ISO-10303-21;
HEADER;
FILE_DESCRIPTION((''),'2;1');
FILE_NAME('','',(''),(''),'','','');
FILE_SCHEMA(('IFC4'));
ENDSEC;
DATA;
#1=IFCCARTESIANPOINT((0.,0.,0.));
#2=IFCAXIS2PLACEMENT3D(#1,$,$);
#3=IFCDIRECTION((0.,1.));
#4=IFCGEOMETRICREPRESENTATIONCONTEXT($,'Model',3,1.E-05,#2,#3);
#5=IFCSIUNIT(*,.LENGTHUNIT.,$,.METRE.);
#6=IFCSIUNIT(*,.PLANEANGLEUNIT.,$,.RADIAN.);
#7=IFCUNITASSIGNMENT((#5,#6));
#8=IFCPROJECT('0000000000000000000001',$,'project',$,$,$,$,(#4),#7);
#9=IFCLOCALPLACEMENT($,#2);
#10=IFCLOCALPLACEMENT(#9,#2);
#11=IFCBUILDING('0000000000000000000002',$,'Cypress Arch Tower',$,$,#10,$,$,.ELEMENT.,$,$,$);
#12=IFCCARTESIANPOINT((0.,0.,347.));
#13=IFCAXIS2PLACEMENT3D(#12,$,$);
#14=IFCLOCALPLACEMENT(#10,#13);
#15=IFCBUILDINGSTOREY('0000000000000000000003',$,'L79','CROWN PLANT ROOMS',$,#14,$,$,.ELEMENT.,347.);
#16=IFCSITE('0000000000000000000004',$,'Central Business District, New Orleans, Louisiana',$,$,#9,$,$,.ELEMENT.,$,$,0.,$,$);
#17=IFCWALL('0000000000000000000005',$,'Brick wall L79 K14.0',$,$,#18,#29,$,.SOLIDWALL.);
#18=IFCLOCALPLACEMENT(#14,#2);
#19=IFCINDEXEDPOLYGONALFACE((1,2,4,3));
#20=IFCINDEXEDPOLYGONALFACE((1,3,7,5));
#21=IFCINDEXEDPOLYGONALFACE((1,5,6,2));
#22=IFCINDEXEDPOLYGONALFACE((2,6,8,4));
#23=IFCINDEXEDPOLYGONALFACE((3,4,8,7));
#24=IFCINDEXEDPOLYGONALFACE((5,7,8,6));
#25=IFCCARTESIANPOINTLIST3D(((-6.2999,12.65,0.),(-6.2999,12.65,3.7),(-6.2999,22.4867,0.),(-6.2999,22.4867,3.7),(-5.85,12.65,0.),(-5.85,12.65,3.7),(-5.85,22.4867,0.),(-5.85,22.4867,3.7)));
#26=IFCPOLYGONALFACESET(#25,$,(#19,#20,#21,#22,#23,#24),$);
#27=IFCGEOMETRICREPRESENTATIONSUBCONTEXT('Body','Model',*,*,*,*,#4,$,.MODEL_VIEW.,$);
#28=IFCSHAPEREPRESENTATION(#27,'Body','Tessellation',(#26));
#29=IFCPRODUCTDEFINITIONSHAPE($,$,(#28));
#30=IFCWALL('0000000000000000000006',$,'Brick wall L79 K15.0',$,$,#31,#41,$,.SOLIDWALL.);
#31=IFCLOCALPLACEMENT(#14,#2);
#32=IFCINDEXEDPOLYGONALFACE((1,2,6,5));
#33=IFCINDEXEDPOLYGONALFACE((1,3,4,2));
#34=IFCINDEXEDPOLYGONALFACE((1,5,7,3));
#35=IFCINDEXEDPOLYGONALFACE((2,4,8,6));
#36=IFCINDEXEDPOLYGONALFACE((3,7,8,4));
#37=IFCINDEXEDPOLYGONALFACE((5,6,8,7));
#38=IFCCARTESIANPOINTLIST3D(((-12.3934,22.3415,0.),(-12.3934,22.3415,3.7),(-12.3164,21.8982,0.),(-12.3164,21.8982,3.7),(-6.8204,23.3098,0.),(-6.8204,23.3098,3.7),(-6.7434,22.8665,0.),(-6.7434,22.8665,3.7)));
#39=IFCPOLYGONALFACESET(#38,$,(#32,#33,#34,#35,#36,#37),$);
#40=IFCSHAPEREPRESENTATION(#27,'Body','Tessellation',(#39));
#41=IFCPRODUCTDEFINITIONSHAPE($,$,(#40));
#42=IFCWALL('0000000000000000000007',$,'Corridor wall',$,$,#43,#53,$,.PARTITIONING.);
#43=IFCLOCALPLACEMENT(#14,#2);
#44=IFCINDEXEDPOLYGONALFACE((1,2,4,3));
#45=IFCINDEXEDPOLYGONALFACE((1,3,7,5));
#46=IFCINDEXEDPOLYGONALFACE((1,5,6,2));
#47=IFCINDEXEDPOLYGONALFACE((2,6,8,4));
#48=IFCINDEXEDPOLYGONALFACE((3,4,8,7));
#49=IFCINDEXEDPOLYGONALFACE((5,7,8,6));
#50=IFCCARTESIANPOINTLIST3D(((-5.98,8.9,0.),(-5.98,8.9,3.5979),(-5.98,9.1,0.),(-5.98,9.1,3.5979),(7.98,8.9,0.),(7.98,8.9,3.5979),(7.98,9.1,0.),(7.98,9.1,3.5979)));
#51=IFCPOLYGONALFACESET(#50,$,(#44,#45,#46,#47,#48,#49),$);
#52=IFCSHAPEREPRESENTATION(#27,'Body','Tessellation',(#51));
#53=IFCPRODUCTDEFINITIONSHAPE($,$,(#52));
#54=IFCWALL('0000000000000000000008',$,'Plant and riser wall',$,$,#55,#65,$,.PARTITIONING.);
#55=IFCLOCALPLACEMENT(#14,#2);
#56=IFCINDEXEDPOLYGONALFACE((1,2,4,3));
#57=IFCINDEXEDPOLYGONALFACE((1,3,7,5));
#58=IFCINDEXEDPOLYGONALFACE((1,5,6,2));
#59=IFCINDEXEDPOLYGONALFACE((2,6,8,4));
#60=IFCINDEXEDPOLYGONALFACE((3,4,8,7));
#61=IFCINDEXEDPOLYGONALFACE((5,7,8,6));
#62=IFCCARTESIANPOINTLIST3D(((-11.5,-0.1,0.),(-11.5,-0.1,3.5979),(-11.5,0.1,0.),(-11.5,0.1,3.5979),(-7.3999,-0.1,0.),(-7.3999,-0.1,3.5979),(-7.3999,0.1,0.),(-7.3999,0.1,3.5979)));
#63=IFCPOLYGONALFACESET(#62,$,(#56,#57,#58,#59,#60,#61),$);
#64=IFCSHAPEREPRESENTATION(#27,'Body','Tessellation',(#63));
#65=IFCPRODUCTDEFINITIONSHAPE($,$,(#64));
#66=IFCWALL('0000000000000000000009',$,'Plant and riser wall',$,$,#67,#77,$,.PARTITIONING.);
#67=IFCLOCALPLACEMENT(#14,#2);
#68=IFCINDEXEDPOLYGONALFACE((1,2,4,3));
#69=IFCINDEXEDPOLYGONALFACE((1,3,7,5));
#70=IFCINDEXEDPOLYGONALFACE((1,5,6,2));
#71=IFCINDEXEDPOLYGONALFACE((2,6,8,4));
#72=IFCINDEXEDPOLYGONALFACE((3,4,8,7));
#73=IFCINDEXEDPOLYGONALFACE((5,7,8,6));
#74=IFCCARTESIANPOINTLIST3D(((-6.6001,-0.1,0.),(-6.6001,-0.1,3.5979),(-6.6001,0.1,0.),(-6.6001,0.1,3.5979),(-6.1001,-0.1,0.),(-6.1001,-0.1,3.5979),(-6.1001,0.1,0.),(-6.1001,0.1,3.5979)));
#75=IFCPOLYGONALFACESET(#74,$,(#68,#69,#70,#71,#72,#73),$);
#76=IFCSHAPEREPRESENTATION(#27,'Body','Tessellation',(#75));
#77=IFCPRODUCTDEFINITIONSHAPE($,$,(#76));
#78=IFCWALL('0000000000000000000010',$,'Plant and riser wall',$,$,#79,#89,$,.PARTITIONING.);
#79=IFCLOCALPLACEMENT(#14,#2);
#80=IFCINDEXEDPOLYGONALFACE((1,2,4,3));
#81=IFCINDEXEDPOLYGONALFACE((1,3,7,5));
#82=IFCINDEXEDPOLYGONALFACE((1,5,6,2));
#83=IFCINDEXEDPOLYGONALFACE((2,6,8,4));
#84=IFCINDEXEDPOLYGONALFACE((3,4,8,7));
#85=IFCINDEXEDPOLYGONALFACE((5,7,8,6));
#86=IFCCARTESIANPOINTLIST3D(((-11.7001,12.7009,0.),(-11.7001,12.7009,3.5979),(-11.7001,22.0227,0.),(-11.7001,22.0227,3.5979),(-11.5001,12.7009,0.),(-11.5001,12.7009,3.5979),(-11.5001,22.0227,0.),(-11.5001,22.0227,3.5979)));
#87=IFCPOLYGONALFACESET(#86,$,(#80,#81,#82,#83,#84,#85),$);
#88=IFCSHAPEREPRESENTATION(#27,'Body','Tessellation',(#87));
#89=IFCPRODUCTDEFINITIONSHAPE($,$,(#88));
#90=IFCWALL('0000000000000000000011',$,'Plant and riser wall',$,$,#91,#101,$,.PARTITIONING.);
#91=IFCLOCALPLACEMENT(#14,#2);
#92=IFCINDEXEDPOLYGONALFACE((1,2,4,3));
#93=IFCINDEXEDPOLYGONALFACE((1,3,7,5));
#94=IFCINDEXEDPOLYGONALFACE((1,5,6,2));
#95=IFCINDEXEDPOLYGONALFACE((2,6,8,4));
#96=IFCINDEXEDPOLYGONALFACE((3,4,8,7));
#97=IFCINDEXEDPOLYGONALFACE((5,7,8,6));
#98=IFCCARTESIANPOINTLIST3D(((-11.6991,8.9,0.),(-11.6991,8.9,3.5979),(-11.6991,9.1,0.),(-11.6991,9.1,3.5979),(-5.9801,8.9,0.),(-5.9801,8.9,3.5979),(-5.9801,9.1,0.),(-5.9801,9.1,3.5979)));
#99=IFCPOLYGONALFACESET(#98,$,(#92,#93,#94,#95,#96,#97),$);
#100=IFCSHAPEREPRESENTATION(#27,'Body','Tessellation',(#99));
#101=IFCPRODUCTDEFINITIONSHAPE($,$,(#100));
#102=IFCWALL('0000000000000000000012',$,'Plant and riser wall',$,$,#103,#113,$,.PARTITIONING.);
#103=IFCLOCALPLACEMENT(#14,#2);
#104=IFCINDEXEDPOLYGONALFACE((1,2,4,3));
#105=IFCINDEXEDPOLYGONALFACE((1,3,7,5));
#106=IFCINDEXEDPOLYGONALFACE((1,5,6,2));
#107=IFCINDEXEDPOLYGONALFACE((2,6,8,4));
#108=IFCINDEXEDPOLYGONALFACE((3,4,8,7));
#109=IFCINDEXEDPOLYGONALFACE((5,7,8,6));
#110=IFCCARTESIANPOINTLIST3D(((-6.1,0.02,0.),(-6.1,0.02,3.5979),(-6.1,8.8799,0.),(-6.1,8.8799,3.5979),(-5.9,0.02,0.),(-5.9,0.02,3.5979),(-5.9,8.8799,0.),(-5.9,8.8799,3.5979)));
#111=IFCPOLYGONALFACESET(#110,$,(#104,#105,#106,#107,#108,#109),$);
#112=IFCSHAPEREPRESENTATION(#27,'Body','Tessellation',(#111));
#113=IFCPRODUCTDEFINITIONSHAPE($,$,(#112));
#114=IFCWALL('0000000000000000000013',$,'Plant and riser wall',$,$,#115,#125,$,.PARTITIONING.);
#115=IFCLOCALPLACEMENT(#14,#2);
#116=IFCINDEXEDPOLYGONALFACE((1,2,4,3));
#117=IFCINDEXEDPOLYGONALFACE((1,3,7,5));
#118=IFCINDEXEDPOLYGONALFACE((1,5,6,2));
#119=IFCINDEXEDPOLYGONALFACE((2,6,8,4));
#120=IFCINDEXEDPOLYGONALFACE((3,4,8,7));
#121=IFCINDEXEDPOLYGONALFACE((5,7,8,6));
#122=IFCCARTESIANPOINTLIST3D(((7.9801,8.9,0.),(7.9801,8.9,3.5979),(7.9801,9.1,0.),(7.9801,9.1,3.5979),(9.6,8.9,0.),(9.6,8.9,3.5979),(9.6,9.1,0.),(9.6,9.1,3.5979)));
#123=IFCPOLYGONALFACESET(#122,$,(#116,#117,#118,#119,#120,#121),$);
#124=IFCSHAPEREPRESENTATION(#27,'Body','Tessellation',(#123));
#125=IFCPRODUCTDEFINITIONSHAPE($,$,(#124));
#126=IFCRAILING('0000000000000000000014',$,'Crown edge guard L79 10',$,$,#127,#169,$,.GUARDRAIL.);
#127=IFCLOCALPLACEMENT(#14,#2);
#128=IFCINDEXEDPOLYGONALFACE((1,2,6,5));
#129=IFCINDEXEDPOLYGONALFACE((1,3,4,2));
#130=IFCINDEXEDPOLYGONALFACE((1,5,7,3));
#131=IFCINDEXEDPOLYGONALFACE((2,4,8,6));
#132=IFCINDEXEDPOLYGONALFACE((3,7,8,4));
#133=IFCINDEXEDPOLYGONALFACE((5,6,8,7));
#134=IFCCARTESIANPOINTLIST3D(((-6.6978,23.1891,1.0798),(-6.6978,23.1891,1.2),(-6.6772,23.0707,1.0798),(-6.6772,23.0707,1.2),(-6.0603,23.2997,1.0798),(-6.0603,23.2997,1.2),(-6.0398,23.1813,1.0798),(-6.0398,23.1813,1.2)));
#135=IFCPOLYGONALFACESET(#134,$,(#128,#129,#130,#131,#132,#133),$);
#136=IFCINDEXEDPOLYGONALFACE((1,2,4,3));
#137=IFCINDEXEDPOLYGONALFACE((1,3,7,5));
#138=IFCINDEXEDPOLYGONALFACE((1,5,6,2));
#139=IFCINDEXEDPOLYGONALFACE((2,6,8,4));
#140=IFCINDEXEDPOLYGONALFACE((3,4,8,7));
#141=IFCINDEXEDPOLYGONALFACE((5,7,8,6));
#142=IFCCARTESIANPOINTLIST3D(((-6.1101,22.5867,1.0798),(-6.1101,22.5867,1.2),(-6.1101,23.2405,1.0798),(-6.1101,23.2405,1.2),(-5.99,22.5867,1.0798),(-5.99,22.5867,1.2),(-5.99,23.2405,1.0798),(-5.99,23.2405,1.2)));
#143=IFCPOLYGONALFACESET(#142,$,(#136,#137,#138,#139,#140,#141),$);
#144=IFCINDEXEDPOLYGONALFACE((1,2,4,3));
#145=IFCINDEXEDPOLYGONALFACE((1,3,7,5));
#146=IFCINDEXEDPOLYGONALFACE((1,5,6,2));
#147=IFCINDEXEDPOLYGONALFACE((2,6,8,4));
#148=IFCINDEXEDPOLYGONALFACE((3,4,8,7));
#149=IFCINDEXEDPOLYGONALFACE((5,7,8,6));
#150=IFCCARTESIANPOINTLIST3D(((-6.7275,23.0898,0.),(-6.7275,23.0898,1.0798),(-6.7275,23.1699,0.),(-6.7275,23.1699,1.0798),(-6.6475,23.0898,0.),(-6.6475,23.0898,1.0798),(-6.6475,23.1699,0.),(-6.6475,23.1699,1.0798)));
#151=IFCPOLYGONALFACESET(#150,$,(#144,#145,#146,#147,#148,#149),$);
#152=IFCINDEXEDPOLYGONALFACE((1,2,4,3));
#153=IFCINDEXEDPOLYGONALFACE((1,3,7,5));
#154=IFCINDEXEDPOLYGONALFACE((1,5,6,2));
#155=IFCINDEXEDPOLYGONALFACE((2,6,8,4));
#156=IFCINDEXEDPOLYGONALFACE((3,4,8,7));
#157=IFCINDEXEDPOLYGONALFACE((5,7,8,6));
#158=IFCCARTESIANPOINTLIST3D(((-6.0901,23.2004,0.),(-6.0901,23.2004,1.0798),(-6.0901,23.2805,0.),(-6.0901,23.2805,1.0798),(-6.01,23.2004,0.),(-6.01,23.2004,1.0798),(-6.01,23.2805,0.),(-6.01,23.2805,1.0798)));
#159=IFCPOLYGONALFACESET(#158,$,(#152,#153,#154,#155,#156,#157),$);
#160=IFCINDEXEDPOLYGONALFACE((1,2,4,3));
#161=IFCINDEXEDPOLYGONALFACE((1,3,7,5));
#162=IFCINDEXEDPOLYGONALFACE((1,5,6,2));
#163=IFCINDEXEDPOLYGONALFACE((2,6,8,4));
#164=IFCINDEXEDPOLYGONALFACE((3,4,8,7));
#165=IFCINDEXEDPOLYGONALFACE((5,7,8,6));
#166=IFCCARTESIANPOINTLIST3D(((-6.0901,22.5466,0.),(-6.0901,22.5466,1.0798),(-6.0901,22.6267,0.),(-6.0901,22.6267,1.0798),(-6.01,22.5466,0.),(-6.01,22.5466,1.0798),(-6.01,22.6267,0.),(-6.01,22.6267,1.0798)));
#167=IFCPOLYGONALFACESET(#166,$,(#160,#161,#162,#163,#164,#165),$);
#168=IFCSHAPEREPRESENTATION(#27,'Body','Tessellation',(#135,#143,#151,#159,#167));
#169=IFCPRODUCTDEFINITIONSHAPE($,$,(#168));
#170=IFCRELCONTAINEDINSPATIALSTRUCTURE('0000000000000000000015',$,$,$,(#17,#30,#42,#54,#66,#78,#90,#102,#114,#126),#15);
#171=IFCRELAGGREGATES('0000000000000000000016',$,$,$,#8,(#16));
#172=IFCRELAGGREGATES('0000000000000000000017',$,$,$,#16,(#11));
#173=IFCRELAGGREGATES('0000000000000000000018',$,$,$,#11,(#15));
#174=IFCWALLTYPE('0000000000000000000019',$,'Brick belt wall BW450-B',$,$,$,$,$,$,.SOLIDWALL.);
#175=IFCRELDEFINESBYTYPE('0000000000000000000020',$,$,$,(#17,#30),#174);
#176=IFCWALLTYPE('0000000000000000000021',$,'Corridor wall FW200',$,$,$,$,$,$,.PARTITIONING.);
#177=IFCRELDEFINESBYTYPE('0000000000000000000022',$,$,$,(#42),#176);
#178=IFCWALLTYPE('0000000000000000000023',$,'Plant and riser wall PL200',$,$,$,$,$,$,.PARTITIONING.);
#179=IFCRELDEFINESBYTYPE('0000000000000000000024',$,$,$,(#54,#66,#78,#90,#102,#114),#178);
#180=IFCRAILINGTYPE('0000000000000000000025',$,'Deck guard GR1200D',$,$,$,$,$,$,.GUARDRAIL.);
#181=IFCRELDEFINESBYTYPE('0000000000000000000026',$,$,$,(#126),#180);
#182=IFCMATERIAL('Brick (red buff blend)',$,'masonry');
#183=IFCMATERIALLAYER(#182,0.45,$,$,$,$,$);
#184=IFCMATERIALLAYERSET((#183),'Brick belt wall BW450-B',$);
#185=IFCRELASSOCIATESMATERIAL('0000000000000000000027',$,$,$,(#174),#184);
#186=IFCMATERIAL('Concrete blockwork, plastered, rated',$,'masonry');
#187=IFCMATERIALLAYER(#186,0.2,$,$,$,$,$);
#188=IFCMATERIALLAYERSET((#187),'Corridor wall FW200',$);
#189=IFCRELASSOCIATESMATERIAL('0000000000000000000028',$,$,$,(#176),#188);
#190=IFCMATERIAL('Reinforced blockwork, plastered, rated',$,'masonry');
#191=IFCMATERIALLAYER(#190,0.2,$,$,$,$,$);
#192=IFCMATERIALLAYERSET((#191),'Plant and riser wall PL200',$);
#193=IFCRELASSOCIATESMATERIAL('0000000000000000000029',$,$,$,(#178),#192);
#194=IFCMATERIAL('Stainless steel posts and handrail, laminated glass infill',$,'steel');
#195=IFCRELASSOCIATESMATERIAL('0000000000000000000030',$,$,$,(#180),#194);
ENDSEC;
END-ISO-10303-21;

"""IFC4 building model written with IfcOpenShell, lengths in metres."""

from ifc_helpers import new_model, si_unit, direction, frame, frame_2d, origin, origin_2d, place, context, subcontext, project, spatial, rectangle, extrude, material, layer, layer_set, type_object, element, save


model = new_model("IFC4")

# Units and contexts
model_context = context("Model", 3, precision=1e-05, world=origin(), true_north=direction((0.0, 1.0)))
body_context = subcontext(model_context, "Body", "Model", "MODEL_VIEW")
ifc_project = project(units=[si_unit("LENGTHUNIT", "METRE"), si_unit("PLANEANGLEUNIT", "RADIAN")], contexts=[model_context])

# Site, building, storey
site_placement = place(None, origin())
site = spatial("IfcSite", under=ifc_project, at=site_placement, Name="Central Business District, New Orleans, Louisiana", CompositionType="ELEMENT", RefElevation=0.0)
building_placement = place(site_placement, origin())
building = spatial("IfcBuilding", under=site, at=building_placement, Name="Cypress Arch Tower", CompositionType="ELEMENT")
storey_placement = place(building_placement, frame((0.0, 0.0, 347.0)))
storey = spatial("IfcBuildingStorey", under=building, at=storey_placement, Name="L79", Description="CROWN PLANT ROOMS", CompositionType="ELEMENT", Elevation=347.0)

# Walls
ifc_material_1 = material(Name="Brick (red buff blend)", Category="masonry")
ifc_layer_1 = layer(ifc_material_1, 0.45)
ifc_layer_set_1 = layer_set([ifc_layer_1], Name="Brick belt wall BW450-B")
wall_type_1 = type_object("IfcWallType", Name="Brick belt wall BW450-B", PredefinedType="SOLIDWALL", material=ifc_layer_set_1)
wall_1_placement = place(storey_placement, frame((-6.075, 12.6499, 0.0), z_axis=(0.0, 0.0, 1.0), x_axis=(0.0, 1.0, 0.0)))
element("IfcWall", 1, at=wall_1_placement, inside=storey, type_object=wall_type_1, Name="Brick wall L79 K14.0", PredefinedType="SOLIDWALL", context=body_context, shape_type="SweptSolid", body=[
    extrude(rectangle(XDim=9.8367, YDim=0.45, at=frame_2d((4.9185, 0.0))), origin(), (0.0, 0.0, 1.0), 3.7),
])
wall_2_placement = place(storey_placement, frame((-6.782, 23.0881, 0.0), z_axis=(0.0, 0.0, 1.0), x_axis=(-0.98524, -0.171177, 0.0)))
element("IfcWall", 2, at=wall_2_placement, inside=storey, type_object=wall_type_1, Name="Brick wall L79 K15.0", PredefinedType="SOLIDWALL", context=body_context, shape_type="SweptSolid", body=[
    extrude(rectangle(XDim=5.6565, YDim=0.45, at=frame_2d((2.8281, 0.0))), origin(), (0.0, 0.0, 1.0), 3.7),
])
ifc_material_2 = material(Name="Concrete blockwork, plastered, rated", Category="masonry")
ifc_layer_2 = layer(ifc_material_2, 0.2)
ifc_layer_set_2 = layer_set([ifc_layer_2], Name="Corridor wall FW200")
wall_type_2 = type_object("IfcWallType", Name="Corridor wall FW200", PredefinedType="PARTITIONING", material=ifc_layer_set_2)
wall_3_placement = place(storey_placement, frame((-5.98, 9.0, 0.0), z_axis=(0.0, 0.0, 1.0), x_axis=(1.0, 0.0, 0.0)))
element("IfcWall", 3, at=wall_3_placement, inside=storey, type_object=wall_type_2, Name="Corridor wall", PredefinedType="PARTITIONING", context=body_context, shape_type="SweptSolid", body=[
    extrude(rectangle(XDim=13.96, YDim=0.2, at=frame_2d((6.98, 0.0))), origin(), (0.0, 0.0, 1.0), 3.5979),
])
ifc_material_3 = material(Name="Reinforced blockwork, plastered, rated", Category="masonry")
ifc_layer_3 = layer(ifc_material_3, 0.2)
ifc_layer_set_3 = layer_set([ifc_layer_3], Name="Plant and riser wall PL200")
wall_type_3 = type_object("IfcWallType", Name="Plant and riser wall PL200", PredefinedType="PARTITIONING", material=ifc_layer_set_3)
wall_4_placement = place(storey_placement, frame((-11.5, 0.0, 0.0), z_axis=(0.0, 0.0, 1.0), x_axis=(1.0, 0.0, 0.0)))
element("IfcWall", 4, at=wall_4_placement, inside=storey, type_object=wall_type_3, Name="Plant and riser wall", PredefinedType="PARTITIONING", context=body_context, shape_type="SweptSolid", body=[
    extrude(rectangle(XDim=4.1001, YDim=0.2, at=frame_2d((2.05, 0.0))), origin(), (0.0, 0.0, 1.0), 3.5979),
])
wall_5_placement = place(storey_placement, frame((-6.6001, 0.0, 0.0), z_axis=(0.0, 0.0, 1.0), x_axis=(1.0, 0.0, 0.0)))
element("IfcWall", 5, at=wall_5_placement, inside=storey, type_object=wall_type_3, Name="Plant and riser wall", PredefinedType="PARTITIONING", context=body_context, shape_type="SweptSolid", body=[
    extrude(rectangle(XDim=0.5, YDim=0.2, at=frame_2d((0.25, 0.0))), origin(), (0.0, 0.0, 1.0), 3.5979),
])
wall_6_placement = place(storey_placement, frame((-11.6001, 12.7009, 0.0), z_axis=(0.0, 0.0, 1.0), x_axis=(0.0, 1.0, 0.0)))
element("IfcWall", 6, at=wall_6_placement, inside=storey, type_object=wall_type_3, Name="Plant and riser wall", PredefinedType="PARTITIONING", context=body_context, shape_type="SweptSolid", body=[
    extrude(rectangle(XDim=9.3218, YDim=0.2, at=frame_2d((4.6609, 0.0))), origin(), (0.0, 0.0, 1.0), 3.5979),
])
wall_7_placement = place(storey_placement, frame((-11.699, 9.0, 0.0), z_axis=(0.0, 0.0, 1.0), x_axis=(1.0, 0.0, 0.0)))
element("IfcWall", 7, at=wall_7_placement, inside=storey, type_object=wall_type_3, Name="Plant and riser wall", PredefinedType="PARTITIONING", context=body_context, shape_type="SweptSolid", body=[
    extrude(rectangle(XDim=5.719, YDim=0.2, at=frame_2d((2.8594, 0.0))), origin(), (0.0, 0.0, 1.0), 3.5979),
])

# Walls
wall_8_placement = place(storey_placement, frame((-6.0, 0.02, 0.0), z_axis=(0.0, 0.0, 1.0), x_axis=(0.0, 1.0, 0.0)))
element("IfcWall", 8, at=wall_8_placement, inside=storey, type_object=wall_type_3, Name="Plant and riser wall", PredefinedType="PARTITIONING", context=body_context, shape_type="SweptSolid", body=[
    extrude(rectangle(XDim=8.8599, YDim=0.2, at=frame_2d((4.4299, 0.0))), origin(), (0.0, 0.0, 1.0), 3.5979),
])
wall_9_placement = place(storey_placement, frame((7.98, 9.0, 0.0), z_axis=(0.0, 0.0, 1.0), x_axis=(1.0, 0.0, 0.0)))
element("IfcWall", 9, at=wall_9_placement, inside=storey, type_object=wall_type_3, Name="Plant and riser wall", PredefinedType="PARTITIONING", context=body_context, shape_type="SweptSolid", body=[
    extrude(rectangle(XDim=1.6199, YDim=0.2, at=frame_2d((0.8101, 0.0))), origin(), (0.0, 0.0, 1.0), 3.5979),
])

# Railing
ifc_material_4 = material(Name="Stainless steel posts and handrail, laminated glass infill", Category="steel")
railing_type = type_object("IfcRailingType", Name="Deck guard GR1200D", PredefinedType="GUARDRAIL", material=ifc_material_4)
railing_1_placement = place(storey_placement, frame((-6.6875, 23.1299, 0.0)))
element("IfcRailing", 10, at=railing_1_placement, inside=storey, type_object=railing_type, Name="Crown edge guard L79 10", PredefinedType="GUARDRAIL", context=body_context, shape_type="SweptSolid", body=[
    extrude(rectangle(XDim=0.1201, YDim=0.1201, at=origin_2d()), frame((0.0, 0.0, 1.1399), z_axis=(0.985281, 0.170943, 0.0), x_axis=(-0.170943, 0.985281, 0.0)), (0.0, 0.0, 1.0), 0.647),
    extrude(rectangle(XDim=0.1201, YDim=0.1201, at=origin_2d()), frame((0.6375, 0.1106, 1.1399), z_axis=(0.0, -1.0, 0.0), x_axis=(1.0, 0.0, 0.0)), (0.0, 0.0, 1.0), 0.6538),
    extrude(rectangle(XDim=0.0801, YDim=0.0801, at=origin_2d()), origin(), (0.0, 0.0, 1.0), 1.0798),
    extrude(rectangle(XDim=0.0801, YDim=0.0801, at=origin_2d()), frame((0.6375, 0.1106, 0.0)), (0.0, 0.0, 1.0), 1.0798),
    extrude(rectangle(XDim=0.0801, YDim=0.0801, at=origin_2d()), frame((0.6375, -0.5432, 0.0)), (0.0, 0.0, 1.0), 1.0798),
])

save(model, "model.ifc")
